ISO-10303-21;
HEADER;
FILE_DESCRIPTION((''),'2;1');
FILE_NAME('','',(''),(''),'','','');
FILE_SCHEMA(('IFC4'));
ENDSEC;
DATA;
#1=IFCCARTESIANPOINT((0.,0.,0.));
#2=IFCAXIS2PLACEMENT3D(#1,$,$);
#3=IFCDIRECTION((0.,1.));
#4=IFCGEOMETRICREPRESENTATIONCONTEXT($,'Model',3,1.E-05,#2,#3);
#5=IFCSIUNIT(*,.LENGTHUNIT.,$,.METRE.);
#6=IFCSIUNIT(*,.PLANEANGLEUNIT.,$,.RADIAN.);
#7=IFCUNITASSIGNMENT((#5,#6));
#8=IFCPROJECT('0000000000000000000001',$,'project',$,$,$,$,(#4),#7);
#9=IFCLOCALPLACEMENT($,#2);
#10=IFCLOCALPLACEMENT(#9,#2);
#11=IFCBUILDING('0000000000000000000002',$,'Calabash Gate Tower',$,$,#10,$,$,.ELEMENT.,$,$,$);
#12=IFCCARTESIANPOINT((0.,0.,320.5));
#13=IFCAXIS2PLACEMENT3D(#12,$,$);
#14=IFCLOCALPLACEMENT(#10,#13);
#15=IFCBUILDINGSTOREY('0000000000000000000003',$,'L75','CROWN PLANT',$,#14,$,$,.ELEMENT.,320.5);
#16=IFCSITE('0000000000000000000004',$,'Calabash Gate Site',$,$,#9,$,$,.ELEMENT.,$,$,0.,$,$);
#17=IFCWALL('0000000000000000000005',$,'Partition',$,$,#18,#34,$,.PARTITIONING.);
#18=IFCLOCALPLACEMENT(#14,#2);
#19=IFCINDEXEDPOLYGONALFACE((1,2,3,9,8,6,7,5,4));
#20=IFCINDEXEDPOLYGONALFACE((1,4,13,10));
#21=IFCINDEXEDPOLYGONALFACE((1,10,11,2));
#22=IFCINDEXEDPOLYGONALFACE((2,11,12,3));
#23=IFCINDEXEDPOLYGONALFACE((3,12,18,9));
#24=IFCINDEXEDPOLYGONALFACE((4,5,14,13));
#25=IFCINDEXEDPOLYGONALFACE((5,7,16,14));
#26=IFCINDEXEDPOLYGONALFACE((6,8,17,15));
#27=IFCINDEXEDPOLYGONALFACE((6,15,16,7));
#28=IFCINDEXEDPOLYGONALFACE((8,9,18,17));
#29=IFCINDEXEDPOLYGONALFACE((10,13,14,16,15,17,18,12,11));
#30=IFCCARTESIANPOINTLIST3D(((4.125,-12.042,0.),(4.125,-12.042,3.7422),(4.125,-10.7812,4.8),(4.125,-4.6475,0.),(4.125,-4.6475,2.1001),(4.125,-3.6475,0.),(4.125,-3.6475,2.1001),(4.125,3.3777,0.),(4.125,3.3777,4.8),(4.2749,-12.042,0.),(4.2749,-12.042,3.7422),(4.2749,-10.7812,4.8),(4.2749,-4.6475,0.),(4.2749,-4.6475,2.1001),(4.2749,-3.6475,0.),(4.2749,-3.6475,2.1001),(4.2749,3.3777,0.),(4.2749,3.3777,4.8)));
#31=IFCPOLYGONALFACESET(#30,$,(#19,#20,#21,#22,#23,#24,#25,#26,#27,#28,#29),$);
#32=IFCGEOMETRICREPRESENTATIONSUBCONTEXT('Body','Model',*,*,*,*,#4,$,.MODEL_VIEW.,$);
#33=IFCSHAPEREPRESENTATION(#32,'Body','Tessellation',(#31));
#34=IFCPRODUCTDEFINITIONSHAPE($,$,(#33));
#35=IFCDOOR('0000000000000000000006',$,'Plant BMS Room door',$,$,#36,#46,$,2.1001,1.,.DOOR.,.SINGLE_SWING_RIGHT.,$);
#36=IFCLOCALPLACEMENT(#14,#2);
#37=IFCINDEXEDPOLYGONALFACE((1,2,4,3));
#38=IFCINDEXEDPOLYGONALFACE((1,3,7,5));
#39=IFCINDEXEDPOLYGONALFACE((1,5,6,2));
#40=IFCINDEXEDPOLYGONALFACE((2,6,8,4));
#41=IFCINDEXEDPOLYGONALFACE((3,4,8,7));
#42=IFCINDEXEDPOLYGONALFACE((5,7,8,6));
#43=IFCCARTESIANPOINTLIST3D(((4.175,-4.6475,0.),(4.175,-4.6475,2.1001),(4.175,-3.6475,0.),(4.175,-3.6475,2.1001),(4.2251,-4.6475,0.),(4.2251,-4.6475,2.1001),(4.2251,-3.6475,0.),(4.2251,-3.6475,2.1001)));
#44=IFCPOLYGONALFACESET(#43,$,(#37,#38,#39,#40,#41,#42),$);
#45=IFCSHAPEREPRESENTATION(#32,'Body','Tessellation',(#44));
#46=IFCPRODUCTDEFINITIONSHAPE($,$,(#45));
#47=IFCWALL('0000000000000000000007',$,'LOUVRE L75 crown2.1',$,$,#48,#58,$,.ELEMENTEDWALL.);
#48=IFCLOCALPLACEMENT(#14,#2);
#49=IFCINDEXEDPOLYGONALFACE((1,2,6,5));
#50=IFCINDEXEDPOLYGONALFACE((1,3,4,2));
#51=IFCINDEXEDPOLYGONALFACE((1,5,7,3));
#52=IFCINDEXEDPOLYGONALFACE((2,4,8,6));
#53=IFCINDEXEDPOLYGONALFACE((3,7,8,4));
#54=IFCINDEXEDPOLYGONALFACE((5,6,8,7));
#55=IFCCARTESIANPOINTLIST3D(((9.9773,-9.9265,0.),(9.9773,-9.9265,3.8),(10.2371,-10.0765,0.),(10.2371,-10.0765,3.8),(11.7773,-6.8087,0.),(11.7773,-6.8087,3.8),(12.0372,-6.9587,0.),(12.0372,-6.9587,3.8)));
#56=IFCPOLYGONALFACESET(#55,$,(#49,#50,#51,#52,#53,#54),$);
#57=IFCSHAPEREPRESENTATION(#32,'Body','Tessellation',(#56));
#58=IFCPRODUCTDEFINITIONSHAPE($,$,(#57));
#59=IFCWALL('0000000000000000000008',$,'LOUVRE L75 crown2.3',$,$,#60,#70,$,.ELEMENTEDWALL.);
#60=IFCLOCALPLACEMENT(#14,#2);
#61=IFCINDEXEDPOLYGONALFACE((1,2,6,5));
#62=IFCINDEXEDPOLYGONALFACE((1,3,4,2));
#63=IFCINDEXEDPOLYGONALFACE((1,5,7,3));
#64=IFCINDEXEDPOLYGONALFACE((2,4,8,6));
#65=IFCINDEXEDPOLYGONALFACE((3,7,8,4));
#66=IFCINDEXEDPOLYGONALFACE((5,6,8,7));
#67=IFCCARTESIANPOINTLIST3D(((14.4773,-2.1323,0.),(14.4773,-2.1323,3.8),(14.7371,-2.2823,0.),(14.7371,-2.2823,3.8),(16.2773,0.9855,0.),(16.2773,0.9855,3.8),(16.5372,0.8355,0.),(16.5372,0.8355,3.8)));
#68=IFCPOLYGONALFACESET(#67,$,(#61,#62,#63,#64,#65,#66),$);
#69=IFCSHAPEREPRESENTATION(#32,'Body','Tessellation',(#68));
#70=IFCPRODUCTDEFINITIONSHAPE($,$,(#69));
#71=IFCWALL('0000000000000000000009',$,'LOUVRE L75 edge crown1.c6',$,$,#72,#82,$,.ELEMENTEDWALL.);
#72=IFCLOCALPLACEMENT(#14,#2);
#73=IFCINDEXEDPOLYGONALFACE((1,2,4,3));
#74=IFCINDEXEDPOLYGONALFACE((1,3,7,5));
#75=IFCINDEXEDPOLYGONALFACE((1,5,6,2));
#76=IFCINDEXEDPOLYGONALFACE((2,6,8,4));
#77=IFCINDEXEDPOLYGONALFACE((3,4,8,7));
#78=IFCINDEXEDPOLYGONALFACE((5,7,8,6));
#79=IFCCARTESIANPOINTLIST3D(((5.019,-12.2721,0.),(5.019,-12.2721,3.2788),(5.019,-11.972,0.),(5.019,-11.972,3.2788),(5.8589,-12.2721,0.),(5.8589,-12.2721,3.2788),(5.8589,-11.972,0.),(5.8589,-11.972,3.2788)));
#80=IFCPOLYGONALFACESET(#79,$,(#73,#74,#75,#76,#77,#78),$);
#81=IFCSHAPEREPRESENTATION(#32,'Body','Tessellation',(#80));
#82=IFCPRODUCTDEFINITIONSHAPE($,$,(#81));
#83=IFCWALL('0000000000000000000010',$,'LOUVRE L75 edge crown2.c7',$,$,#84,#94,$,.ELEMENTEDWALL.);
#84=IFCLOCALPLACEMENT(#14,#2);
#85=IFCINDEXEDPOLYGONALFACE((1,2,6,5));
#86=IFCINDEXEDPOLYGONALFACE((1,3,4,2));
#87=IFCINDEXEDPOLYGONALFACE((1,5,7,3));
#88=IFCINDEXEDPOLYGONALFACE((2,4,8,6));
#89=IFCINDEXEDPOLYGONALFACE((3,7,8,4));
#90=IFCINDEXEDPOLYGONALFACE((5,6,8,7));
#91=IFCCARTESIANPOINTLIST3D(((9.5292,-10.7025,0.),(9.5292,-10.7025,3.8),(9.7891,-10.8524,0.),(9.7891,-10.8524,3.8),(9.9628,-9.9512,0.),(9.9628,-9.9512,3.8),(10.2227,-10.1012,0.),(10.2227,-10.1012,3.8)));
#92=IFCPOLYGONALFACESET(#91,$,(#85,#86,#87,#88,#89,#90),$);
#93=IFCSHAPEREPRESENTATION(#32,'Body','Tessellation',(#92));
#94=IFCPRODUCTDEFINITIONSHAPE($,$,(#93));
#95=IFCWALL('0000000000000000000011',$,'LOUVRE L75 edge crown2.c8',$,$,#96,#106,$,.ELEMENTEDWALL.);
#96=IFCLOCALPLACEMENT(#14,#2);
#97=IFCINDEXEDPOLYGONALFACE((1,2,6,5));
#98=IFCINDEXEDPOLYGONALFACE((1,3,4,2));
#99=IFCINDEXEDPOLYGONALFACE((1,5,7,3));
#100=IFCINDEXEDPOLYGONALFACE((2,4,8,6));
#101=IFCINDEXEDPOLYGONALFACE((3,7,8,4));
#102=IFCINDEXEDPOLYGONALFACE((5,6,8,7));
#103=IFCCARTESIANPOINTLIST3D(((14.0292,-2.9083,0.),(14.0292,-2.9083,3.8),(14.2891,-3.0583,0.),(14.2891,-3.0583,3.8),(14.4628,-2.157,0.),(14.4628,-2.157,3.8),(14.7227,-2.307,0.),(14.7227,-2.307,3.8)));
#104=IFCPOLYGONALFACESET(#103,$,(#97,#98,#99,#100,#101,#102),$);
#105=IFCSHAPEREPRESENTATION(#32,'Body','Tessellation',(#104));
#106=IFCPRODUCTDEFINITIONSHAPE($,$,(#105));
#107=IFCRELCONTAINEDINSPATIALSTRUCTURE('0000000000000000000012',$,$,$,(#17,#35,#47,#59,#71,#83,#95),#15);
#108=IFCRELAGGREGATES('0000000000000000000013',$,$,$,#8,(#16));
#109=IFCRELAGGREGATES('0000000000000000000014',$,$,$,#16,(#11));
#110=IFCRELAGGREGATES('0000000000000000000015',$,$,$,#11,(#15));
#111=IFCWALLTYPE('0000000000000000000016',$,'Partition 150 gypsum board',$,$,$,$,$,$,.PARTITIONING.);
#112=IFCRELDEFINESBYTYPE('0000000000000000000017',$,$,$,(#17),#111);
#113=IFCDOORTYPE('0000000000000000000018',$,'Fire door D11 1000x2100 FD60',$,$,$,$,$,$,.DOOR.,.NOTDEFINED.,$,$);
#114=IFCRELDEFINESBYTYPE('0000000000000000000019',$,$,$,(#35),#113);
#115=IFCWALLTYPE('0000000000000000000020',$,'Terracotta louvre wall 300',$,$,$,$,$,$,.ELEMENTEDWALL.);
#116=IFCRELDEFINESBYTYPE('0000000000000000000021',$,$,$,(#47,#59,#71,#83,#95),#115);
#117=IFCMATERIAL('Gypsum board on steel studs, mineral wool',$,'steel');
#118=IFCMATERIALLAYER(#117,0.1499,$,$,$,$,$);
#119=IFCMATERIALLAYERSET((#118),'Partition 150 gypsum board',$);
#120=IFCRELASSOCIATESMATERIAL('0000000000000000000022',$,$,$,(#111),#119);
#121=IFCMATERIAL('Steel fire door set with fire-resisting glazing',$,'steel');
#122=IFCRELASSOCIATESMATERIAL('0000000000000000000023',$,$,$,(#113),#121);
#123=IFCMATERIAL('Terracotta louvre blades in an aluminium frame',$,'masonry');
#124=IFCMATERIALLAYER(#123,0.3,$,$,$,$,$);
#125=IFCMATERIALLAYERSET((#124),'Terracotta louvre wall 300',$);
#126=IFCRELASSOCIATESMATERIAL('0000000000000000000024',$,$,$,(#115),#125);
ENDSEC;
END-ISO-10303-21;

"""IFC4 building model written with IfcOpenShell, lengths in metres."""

from ifc_helpers import new_model, si_unit, direction, frame, frame_2d, origin, place, context, subcontext, project, spatial, polyline, rectangle, outline, extrude, material, layer, layer_set, type_object, element, fill, save


model = new_model("IFC4")

# Units and contexts
model_context = context("Model", 3, precision=1e-05, world=origin(), true_north=direction((0.0, 1.0)))
body_context = subcontext(model_context, "Body", "Model", "MODEL_VIEW")
ifc_project = project(units=[si_unit("LENGTHUNIT", "METRE"), si_unit("PLANEANGLEUNIT", "RADIAN")], contexts=[model_context])

# Site, building, storey
site_placement = place(None, origin())
site = spatial("IfcSite", under=ifc_project, at=site_placement, Name="Calabash Gate Site", CompositionType="ELEMENT", RefElevation=0.0)
building_placement = place(site_placement, origin())
building = spatial("IfcBuilding", under=site, at=building_placement, Name="Calabash Gate Tower", CompositionType="ELEMENT")
storey_placement = place(building_placement, frame((0.0, 0.0, 320.5)))
storey = spatial("IfcBuildingStorey", under=building, at=storey_placement, Name="L75", Description="CROWN PLANT", CompositionType="ELEMENT", Elevation=320.5)

# Wall, opening, door
ifc_material_1 = material(Name="Gypsum board on steel studs, mineral wool", Category="steel")
ifc_layer_1 = layer(ifc_material_1, 0.1499)
ifc_layer_set_1 = layer_set([ifc_layer_1], Name="Partition 150 gypsum board")
wall_type_1 = type_object("IfcWallType", Name="Partition 150 gypsum board", PredefinedType="PARTITIONING", material=ifc_layer_set_1)
wall_1_placement = place(storey_placement, frame((4.2, -12.042, 0.0), z_axis=(0.0, 0.0, 1.0), x_axis=(0.0, 1.0, 0.0)))
wall_1 = element("IfcWall", 1, at=wall_1_placement, inside=storey, type_object=wall_type_1, Name="Partition", PredefinedType="PARTITIONING", context=body_context, shape_type="SweptSolid", body=[
    extrude(outline(polyline([(0.0, 0.0), (15.4197, 0.0), (15.4197, 4.8), (1.2607, 4.8), (0.0, 3.7422), (0.0, 0.0)])), frame((0.0, 0.075, 0.0), z_axis=(0.0, -1.0, 0.0), x_axis=(1.0, 0.0, 0.0)), (0.0, 0.0, 1.0), 0.1499),
])
opening_placement = place(wall_1_placement, frame((7.3945, 0.0, 0.0)))
opening = element("IfcOpeningElement", 2, at=opening_placement, cuts=wall_1, PredefinedType="OPENING", context=body_context, shape_type="SweptSolid", body=[
    extrude(rectangle(XDim=1.0, YDim=2.1001, at=frame_2d((0.5, 1.05))), frame((0.0, 0.085, 0.0), z_axis=(0.0, -1.0, 0.0), x_axis=(1.0, 0.0, 0.0)), (0.0, 0.0, 1.0), 0.1699),
])
ifc_material_2 = material(Name="Steel fire door set with fire-resisting glazing", Category="steel")
door_type = type_object("IfcDoorType", Name="Fire door D11 1000x2100 FD60", OperationType="NOTDEFINED", PredefinedType="DOOR", material=ifc_material_2)
door_placement = place(opening_placement, origin())
door = element("IfcDoor", 3, at=door_placement, inside=storey, type_object=door_type, Name="Plant BMS Room door", OperationType="SINGLE_SWING_RIGHT", OverallHeight=2.1001, OverallWidth=1.0, PredefinedType="DOOR", context=body_context, shape_type="SweptSolid", body=[
    extrude(rectangle(XDim=1.0, YDim=2.1001, at=frame_2d((0.5, 1.05))), frame((0.0, 0.0249, 0.0), z_axis=(0.0, -1.0, 0.0), x_axis=(1.0, 0.0, 0.0)), (0.0, 0.0, 1.0), 0.05),
])
fill(opening, door)

# Walls
ifc_material_3 = material(Name="Terracotta louvre blades in an aluminium frame", Category="masonry")
ifc_layer_2 = layer(ifc_material_3, 0.3)
ifc_layer_set_2 = layer_set([ifc_layer_2], Name="Terracotta louvre wall 300")
wall_type_2 = type_object("IfcWallType", Name="Terracotta louvre wall 300", PredefinedType="ELEMENTEDWALL", material=ifc_layer_set_2)
for number, where, z_axis, x_axis, name in (
    (4, (10.1072, -10.0015, 0.0), (0.0, 0.0, 1.0), (0.500012, 0.866018, 0.0), "LOUVRE L75 crown2.1"),
    (5, (14.6072, -2.2073, 0.0), (0.0, 0.0, 1.0), (0.500012, 0.866018, 0.0), "LOUVRE L75 crown2.3"),
):
    element("IfcWall", number, at=place(storey_placement, frame(where, z_axis=z_axis, x_axis=x_axis)), inside=storey, type_object=wall_type_2, Name=name, PredefinedType="ELEMENTEDWALL", context=body_context, shape_type="SweptSolid", body=[
        extrude(rectangle(XDim=3.6001, YDim=0.3, at=frame_2d((1.8, 0.0))), origin(), (0.0, 0.0, 1.0), 3.8),
    ])
wall_2_placement = place(storey_placement, frame((5.019, -12.1221, 0.0), z_axis=(0.0, 0.0, 1.0), x_axis=(1.0, 0.0, 0.0)))
element("IfcWall", 6, at=wall_2_placement, inside=storey, type_object=wall_type_2, Name="LOUVRE L75 edge crown1.c6", PredefinedType="ELEMENTEDWALL", context=body_context, shape_type="SweptSolid", body=[
    extrude(rectangle(XDim=0.8398, YDim=0.3, at=frame_2d((0.4199, 0.0))), origin(), (0.0, 0.0, 1.0), 3.2788),
])
for number, where, z_axis, x_axis, name in (
    (7, (9.6592, -10.7773, 0.0), (0.0, 0.0, 1.0), (0.499893, 0.866087, 0.0), "LOUVRE L75 edge crown2.c7"),
    (8, (14.1592, -2.9832, 0.0), (0.0, 0.0, 1.0), (0.499893, 0.866087, 0.0), "LOUVRE L75 edge crown2.c8"),
):
    element("IfcWall", number, at=place(storey_placement, frame(where, z_axis=z_axis, x_axis=x_axis)), inside=storey, type_object=wall_type_2, Name=name, PredefinedType="ELEMENTEDWALL", context=body_context, shape_type="SweptSolid", body=[
        extrude(rectangle(XDim=0.8674, YDim=0.3, at=frame_2d((0.4336, 0.0))), origin(), (0.0, 0.0, 1.0), 3.8),
    ])

save(model, "model.ifc")
